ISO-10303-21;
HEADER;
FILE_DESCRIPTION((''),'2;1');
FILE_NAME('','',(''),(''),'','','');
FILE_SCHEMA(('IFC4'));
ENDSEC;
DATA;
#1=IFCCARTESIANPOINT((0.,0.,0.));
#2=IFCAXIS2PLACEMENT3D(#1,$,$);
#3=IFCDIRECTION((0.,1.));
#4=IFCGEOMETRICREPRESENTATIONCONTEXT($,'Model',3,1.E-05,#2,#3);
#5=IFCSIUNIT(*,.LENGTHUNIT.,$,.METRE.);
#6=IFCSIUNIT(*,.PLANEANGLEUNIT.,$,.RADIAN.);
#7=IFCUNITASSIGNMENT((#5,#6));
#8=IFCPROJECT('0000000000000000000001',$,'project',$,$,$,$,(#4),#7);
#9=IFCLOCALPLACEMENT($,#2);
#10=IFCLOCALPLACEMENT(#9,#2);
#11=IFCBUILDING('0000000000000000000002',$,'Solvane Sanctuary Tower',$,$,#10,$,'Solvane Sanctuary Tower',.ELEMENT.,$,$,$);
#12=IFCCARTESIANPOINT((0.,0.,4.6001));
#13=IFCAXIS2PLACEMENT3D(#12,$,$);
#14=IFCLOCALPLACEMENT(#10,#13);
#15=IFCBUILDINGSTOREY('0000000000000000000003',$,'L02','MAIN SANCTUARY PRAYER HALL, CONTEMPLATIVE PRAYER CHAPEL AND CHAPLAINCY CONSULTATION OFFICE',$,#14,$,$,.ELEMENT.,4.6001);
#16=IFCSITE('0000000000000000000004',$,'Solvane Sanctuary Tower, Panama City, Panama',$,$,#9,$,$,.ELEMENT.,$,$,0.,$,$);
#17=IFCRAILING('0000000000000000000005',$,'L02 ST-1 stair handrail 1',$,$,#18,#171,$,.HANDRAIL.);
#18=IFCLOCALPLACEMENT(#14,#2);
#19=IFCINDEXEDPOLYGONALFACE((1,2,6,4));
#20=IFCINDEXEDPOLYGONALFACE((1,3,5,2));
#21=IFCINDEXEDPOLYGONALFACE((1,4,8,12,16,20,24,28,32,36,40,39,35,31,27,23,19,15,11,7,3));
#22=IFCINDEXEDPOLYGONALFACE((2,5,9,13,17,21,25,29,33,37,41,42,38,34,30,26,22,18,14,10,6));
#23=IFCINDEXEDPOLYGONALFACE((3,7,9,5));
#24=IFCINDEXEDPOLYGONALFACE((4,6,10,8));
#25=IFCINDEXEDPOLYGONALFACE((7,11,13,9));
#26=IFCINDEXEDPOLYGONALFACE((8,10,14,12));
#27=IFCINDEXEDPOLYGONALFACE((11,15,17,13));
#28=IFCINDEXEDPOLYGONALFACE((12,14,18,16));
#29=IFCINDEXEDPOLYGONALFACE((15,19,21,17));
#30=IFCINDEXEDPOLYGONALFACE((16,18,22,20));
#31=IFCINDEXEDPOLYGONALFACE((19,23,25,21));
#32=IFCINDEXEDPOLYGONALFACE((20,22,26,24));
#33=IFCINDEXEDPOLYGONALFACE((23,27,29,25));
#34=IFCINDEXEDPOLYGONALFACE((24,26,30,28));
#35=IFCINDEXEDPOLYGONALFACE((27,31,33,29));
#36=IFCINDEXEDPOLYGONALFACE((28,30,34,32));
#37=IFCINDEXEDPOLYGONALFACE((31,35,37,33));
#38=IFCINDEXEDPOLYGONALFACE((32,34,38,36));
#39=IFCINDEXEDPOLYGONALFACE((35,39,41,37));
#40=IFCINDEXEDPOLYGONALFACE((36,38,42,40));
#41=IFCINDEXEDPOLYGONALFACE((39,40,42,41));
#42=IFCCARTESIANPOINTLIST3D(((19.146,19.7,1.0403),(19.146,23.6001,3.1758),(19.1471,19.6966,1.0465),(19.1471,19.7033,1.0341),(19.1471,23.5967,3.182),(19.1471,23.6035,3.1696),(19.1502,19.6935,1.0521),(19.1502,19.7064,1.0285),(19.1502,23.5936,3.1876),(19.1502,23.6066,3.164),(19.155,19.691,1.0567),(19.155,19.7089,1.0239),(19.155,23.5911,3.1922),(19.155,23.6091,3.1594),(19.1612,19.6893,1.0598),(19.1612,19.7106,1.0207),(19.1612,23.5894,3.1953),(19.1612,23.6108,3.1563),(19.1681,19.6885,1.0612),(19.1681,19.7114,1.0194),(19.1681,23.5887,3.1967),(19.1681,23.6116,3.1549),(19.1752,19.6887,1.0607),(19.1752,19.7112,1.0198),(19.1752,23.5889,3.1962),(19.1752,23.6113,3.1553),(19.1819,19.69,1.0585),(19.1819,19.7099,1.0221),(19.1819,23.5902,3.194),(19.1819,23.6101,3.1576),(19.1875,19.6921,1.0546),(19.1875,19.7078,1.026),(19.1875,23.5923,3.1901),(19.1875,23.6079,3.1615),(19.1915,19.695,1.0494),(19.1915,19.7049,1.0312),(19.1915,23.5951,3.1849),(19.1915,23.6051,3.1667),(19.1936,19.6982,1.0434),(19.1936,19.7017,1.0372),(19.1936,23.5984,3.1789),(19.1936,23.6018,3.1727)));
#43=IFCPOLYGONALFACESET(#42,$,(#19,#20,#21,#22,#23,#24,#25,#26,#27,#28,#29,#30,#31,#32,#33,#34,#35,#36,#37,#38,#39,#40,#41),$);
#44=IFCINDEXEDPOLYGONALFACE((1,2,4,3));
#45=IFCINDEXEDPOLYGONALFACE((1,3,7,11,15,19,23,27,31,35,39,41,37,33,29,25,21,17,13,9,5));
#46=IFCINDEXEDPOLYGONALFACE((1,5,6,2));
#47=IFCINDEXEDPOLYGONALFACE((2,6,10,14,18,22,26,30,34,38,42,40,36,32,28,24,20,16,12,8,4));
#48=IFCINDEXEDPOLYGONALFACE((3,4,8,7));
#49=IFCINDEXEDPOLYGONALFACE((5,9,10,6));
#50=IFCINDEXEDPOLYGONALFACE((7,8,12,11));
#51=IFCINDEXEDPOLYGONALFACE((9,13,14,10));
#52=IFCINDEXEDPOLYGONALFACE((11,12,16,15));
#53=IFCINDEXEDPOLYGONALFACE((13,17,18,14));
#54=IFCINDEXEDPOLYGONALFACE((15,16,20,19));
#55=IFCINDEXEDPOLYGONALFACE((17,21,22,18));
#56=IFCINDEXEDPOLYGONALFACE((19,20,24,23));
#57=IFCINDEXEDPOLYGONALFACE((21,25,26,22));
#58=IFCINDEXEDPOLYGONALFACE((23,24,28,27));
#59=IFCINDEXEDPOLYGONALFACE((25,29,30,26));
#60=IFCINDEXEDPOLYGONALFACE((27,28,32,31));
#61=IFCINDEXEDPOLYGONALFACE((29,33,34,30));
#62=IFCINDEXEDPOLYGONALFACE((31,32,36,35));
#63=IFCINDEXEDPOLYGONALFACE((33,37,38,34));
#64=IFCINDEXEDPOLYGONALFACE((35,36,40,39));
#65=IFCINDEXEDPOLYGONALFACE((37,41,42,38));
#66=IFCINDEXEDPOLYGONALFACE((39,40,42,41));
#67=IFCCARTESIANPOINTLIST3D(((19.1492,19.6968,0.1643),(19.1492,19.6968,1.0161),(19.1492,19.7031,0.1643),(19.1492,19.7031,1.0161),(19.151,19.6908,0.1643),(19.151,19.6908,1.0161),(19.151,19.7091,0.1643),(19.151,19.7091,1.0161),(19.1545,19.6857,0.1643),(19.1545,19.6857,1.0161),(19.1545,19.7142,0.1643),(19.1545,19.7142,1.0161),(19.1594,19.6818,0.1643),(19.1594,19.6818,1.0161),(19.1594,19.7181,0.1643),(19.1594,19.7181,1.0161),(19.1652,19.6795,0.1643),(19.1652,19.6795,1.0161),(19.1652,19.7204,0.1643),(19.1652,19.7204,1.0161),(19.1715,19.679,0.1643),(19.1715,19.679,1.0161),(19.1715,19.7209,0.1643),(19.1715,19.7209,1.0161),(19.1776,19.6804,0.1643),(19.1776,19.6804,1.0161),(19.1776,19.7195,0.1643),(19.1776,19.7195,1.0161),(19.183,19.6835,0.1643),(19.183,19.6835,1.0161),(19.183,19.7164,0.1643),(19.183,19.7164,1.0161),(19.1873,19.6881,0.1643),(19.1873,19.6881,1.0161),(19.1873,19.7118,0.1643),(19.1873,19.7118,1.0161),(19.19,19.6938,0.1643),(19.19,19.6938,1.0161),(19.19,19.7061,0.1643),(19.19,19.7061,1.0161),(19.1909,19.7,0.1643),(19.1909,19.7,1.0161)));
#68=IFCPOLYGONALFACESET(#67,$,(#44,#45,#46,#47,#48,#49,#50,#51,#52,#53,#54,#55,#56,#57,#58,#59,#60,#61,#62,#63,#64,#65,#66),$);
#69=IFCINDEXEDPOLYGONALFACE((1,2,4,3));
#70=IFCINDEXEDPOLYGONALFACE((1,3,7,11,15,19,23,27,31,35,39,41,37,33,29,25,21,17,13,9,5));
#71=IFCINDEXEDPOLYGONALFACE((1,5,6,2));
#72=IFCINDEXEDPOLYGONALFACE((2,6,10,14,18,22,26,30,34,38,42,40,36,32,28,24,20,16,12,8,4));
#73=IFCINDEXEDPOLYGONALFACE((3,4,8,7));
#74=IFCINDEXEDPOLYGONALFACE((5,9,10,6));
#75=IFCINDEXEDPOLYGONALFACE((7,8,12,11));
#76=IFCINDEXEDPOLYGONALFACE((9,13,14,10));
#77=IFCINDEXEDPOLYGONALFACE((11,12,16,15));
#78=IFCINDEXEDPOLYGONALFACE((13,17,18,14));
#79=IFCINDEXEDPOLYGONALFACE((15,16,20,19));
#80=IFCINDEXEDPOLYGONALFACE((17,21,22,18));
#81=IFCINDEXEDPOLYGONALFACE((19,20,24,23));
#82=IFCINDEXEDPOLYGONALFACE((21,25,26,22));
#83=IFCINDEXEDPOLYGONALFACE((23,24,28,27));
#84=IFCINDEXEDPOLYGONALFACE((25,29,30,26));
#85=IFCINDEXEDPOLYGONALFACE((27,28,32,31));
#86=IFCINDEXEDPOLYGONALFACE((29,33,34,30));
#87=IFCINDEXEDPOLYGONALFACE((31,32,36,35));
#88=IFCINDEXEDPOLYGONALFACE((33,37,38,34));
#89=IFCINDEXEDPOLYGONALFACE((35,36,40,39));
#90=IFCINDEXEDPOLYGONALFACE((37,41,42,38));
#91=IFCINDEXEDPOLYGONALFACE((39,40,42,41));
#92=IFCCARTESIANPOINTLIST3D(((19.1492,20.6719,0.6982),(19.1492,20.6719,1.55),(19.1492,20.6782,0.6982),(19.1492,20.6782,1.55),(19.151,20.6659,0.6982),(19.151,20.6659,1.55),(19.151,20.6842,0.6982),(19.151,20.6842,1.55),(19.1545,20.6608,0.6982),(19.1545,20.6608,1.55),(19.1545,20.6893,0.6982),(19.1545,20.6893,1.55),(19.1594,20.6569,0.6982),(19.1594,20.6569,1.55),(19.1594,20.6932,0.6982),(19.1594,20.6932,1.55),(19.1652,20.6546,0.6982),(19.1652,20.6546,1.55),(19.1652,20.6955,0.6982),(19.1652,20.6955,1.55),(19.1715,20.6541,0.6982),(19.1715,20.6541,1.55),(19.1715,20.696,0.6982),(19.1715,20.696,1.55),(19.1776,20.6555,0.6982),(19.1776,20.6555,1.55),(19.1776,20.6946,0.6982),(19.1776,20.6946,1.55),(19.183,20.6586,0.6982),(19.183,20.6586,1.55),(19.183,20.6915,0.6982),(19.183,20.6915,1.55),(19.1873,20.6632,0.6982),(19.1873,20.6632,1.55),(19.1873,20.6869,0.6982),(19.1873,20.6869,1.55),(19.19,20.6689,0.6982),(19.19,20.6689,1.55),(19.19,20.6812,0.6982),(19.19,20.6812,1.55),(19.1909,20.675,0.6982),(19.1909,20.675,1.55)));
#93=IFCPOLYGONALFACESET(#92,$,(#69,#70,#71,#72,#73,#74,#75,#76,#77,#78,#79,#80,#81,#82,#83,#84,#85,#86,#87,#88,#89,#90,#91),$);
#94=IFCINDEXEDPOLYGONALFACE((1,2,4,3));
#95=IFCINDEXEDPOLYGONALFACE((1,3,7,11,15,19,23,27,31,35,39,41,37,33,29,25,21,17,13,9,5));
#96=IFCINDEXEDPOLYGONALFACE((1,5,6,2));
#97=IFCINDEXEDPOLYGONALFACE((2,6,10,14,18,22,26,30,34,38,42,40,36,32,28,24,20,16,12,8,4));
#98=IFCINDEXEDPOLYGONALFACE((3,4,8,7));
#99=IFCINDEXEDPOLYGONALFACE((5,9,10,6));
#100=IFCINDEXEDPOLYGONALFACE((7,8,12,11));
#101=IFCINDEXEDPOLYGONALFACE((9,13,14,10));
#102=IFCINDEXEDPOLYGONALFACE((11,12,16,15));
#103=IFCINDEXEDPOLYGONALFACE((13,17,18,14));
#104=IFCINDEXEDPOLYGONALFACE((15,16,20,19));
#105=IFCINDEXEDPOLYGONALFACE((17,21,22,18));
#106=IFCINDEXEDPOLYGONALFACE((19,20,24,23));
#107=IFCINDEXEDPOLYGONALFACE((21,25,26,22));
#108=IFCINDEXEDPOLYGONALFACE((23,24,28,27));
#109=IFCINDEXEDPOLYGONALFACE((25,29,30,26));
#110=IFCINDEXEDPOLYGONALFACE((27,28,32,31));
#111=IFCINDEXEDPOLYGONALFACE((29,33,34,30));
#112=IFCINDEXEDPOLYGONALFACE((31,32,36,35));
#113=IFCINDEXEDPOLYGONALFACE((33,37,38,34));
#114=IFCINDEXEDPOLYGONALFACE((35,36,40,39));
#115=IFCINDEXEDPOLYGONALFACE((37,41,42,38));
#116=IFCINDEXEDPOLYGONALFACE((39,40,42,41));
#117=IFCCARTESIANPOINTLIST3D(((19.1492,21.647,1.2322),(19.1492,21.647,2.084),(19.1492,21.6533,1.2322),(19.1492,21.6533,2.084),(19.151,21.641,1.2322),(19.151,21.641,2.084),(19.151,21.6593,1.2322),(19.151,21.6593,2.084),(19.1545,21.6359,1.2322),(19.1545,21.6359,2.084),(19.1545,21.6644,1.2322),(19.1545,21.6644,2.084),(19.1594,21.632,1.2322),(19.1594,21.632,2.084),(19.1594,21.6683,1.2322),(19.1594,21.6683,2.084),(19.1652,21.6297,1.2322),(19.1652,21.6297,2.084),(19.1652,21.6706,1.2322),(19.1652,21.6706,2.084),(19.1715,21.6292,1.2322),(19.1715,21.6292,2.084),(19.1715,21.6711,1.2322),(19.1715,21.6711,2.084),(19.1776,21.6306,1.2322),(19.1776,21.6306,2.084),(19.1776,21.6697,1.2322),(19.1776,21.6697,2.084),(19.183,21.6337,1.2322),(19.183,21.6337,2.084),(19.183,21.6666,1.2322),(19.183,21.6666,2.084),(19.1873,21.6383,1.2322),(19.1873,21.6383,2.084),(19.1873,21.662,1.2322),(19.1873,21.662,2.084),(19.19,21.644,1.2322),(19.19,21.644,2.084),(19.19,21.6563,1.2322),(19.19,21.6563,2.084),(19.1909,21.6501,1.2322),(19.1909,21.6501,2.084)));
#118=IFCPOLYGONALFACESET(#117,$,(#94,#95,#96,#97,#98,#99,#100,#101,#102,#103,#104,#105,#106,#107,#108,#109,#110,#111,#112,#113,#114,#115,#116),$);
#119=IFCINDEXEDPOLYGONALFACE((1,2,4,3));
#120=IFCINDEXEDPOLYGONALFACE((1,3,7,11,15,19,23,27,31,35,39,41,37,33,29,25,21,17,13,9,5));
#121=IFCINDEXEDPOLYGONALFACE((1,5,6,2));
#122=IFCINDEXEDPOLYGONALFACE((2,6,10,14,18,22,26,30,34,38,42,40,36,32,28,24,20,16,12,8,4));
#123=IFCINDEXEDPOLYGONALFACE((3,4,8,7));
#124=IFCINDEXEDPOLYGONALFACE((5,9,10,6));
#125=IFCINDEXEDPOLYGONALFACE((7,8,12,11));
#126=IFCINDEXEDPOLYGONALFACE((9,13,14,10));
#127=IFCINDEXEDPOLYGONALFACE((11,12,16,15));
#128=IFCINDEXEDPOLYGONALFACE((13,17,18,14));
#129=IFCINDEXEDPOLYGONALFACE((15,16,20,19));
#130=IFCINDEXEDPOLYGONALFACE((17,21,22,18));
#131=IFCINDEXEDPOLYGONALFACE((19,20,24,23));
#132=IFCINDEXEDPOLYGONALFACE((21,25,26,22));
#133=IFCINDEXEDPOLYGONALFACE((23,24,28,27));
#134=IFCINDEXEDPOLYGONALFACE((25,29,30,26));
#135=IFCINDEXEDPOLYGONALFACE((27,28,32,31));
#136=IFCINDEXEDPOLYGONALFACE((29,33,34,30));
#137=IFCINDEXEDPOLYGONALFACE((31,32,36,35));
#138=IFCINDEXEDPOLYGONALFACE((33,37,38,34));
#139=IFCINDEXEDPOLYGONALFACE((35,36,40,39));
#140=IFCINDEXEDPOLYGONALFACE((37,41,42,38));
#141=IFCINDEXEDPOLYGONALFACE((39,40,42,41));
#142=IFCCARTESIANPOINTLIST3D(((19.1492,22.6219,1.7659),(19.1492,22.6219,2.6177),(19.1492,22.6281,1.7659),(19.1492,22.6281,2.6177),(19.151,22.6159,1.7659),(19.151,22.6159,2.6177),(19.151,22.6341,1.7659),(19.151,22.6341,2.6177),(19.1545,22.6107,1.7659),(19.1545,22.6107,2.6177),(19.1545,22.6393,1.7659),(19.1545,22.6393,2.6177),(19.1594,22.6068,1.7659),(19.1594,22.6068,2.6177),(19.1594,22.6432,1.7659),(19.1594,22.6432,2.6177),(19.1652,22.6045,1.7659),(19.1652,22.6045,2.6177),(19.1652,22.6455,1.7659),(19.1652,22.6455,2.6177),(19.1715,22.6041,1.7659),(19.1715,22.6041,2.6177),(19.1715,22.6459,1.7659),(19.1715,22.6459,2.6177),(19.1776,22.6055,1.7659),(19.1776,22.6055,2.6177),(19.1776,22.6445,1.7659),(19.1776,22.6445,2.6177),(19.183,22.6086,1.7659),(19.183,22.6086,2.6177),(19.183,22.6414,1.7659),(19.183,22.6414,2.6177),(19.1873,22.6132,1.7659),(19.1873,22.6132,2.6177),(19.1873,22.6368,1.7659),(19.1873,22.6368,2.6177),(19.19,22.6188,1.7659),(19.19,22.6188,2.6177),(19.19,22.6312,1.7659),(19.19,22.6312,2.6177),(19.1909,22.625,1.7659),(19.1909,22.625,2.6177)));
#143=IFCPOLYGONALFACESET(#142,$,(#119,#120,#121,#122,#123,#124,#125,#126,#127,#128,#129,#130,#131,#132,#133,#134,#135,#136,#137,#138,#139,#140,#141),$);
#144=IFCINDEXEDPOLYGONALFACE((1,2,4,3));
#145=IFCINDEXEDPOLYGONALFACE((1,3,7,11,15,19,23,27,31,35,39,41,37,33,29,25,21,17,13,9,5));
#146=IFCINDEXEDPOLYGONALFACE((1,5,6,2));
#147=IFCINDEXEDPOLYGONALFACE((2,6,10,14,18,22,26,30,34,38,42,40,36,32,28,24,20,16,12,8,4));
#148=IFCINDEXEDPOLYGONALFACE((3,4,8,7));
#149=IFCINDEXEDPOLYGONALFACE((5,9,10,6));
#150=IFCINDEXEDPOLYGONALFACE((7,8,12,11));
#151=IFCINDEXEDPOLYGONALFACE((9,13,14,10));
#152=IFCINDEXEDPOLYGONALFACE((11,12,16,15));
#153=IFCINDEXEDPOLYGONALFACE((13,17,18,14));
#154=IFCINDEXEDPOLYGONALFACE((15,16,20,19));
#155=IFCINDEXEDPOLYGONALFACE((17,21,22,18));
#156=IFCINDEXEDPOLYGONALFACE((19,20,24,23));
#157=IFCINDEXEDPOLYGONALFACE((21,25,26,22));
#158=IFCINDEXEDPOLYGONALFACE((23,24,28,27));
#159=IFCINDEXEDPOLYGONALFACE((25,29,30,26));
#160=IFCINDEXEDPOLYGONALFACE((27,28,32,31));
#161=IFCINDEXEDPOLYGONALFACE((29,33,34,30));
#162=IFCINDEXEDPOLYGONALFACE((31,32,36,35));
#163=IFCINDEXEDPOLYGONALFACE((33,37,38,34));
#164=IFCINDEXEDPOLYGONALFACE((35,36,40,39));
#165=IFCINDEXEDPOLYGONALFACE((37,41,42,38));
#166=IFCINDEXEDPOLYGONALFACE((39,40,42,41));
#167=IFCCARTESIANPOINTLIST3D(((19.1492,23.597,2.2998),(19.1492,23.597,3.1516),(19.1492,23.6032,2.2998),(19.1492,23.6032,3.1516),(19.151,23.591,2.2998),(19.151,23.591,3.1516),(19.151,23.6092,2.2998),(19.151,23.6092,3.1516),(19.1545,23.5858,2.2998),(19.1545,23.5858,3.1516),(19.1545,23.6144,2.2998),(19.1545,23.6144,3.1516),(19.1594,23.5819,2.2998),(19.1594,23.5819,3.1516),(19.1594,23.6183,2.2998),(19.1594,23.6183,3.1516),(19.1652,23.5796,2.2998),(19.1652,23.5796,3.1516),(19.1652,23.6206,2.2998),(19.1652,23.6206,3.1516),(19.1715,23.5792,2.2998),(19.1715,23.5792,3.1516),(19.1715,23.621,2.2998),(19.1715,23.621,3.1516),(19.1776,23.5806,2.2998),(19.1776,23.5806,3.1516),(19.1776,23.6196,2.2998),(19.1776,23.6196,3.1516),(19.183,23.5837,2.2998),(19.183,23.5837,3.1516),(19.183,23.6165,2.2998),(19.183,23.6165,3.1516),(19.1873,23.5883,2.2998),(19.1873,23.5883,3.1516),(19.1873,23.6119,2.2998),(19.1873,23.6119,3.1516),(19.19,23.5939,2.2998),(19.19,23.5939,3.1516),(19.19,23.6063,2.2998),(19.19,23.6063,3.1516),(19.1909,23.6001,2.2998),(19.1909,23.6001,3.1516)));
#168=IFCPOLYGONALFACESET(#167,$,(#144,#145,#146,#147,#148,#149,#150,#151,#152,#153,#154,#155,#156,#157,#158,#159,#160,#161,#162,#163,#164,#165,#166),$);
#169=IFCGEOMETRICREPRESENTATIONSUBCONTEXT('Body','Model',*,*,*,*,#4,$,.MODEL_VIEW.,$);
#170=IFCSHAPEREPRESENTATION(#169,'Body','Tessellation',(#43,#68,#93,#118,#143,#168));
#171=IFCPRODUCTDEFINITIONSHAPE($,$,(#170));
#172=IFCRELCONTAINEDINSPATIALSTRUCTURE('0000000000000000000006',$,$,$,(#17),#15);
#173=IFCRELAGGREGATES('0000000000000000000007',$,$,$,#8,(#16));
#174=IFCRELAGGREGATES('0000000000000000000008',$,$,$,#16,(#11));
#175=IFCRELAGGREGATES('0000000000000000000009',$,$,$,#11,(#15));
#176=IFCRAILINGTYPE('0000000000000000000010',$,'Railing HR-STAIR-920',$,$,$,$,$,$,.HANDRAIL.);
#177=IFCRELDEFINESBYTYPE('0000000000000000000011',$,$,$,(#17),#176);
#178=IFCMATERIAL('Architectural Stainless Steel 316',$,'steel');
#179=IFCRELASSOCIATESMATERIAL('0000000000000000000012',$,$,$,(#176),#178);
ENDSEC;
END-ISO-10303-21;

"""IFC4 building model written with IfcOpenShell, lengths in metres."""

from ifc_helpers import new_model, si_unit, direction, frame, origin, origin_2d, place, context, subcontext, project, spatial, circle, extrude, material, type_object, element, save


model = new_model("IFC4")

# Units and contexts
model_context = context("Model", 3, precision=1e-05, world=origin(), true_north=direction((0.0, 1.0)))
body_context = subcontext(model_context, "Body", "Model", "MODEL_VIEW")
ifc_project = project(units=[si_unit("LENGTHUNIT", "METRE"), si_unit("PLANEANGLEUNIT", "RADIAN")], contexts=[model_context])

# Site, building, storey
site_placement = place(None, origin())
site = spatial("IfcSite", under=ifc_project, at=site_placement, Name="Solvane Sanctuary Tower, Panama City, Panama", CompositionType="ELEMENT", RefElevation=0.0)
building_placement = place(site_placement, origin())
building = spatial("IfcBuilding", under=site, at=building_placement, Name="Solvane Sanctuary Tower", LongName="Solvane Sanctuary Tower", CompositionType="ELEMENT")
storey_placement = place(building_placement, frame((0.0, 0.0, 4.6001)))
storey = spatial("IfcBuildingStorey", under=building, at=storey_placement, Name="L02", Description="MAIN SANCTUARY PRAYER HALL, CONTEMPLATIVE PRAYER CHAPEL AND CHAPLAINCY CONSULTATION OFFICE", CompositionType="ELEMENT", Elevation=4.6001)

# Shared definitions
ifc_material_1 = material(Name="Architectural Stainless Steel 316", Category="steel")

# Railing
railing_type_1 = type_object("IfcRailingType", Name="Railing HR-STAIR-920", PredefinedType="HANDRAIL", material=ifc_material_1)
railing_1_placement = place(storey_placement, frame((19.1699, 19.7, 0.1643)))
element("IfcRailing", 1, at=railing_1_placement, inside=storey, type_object=railing_type_1, Name="L02 ST-1 stair handrail 1", PredefinedType="HANDRAIL", context=body_context, shape_type="SweptSolid", body=[
    extrude(circle(Radius=0.0239, at=origin_2d()), frame((0.0, 0.0, 0.876), z_axis=(0.0, 0.877124, 0.480263), x_axis=(-1.0, 0.0, 0.0)), (0.0, 0.0, 1.0), 4.4465),
    extrude(circle(Radius=0.021, at=origin_2d()), origin(), (0.0, 0.0, 1.0), 0.8518),
    extrude(circle(Radius=0.021, at=origin_2d()), frame((0.0, 0.9751, 0.5339)), (0.0, 0.0, 1.0), 0.8518),
    extrude(circle(Radius=0.021, at=origin_2d()), frame((0.0, 1.9502, 1.0679)), (0.0, 0.0, 1.0), 0.8518),
    extrude(circle(Radius=0.021, at=origin_2d()), frame((0.0, 2.925, 1.6016)), (0.0, 0.0, 1.0), 0.8518),
    extrude(circle(Radius=0.021, at=origin_2d()), frame((0.0, 3.9001, 2.1355)), (0.0, 0.0, 1.0), 0.8518),
])

save(model, "model.ifc")
